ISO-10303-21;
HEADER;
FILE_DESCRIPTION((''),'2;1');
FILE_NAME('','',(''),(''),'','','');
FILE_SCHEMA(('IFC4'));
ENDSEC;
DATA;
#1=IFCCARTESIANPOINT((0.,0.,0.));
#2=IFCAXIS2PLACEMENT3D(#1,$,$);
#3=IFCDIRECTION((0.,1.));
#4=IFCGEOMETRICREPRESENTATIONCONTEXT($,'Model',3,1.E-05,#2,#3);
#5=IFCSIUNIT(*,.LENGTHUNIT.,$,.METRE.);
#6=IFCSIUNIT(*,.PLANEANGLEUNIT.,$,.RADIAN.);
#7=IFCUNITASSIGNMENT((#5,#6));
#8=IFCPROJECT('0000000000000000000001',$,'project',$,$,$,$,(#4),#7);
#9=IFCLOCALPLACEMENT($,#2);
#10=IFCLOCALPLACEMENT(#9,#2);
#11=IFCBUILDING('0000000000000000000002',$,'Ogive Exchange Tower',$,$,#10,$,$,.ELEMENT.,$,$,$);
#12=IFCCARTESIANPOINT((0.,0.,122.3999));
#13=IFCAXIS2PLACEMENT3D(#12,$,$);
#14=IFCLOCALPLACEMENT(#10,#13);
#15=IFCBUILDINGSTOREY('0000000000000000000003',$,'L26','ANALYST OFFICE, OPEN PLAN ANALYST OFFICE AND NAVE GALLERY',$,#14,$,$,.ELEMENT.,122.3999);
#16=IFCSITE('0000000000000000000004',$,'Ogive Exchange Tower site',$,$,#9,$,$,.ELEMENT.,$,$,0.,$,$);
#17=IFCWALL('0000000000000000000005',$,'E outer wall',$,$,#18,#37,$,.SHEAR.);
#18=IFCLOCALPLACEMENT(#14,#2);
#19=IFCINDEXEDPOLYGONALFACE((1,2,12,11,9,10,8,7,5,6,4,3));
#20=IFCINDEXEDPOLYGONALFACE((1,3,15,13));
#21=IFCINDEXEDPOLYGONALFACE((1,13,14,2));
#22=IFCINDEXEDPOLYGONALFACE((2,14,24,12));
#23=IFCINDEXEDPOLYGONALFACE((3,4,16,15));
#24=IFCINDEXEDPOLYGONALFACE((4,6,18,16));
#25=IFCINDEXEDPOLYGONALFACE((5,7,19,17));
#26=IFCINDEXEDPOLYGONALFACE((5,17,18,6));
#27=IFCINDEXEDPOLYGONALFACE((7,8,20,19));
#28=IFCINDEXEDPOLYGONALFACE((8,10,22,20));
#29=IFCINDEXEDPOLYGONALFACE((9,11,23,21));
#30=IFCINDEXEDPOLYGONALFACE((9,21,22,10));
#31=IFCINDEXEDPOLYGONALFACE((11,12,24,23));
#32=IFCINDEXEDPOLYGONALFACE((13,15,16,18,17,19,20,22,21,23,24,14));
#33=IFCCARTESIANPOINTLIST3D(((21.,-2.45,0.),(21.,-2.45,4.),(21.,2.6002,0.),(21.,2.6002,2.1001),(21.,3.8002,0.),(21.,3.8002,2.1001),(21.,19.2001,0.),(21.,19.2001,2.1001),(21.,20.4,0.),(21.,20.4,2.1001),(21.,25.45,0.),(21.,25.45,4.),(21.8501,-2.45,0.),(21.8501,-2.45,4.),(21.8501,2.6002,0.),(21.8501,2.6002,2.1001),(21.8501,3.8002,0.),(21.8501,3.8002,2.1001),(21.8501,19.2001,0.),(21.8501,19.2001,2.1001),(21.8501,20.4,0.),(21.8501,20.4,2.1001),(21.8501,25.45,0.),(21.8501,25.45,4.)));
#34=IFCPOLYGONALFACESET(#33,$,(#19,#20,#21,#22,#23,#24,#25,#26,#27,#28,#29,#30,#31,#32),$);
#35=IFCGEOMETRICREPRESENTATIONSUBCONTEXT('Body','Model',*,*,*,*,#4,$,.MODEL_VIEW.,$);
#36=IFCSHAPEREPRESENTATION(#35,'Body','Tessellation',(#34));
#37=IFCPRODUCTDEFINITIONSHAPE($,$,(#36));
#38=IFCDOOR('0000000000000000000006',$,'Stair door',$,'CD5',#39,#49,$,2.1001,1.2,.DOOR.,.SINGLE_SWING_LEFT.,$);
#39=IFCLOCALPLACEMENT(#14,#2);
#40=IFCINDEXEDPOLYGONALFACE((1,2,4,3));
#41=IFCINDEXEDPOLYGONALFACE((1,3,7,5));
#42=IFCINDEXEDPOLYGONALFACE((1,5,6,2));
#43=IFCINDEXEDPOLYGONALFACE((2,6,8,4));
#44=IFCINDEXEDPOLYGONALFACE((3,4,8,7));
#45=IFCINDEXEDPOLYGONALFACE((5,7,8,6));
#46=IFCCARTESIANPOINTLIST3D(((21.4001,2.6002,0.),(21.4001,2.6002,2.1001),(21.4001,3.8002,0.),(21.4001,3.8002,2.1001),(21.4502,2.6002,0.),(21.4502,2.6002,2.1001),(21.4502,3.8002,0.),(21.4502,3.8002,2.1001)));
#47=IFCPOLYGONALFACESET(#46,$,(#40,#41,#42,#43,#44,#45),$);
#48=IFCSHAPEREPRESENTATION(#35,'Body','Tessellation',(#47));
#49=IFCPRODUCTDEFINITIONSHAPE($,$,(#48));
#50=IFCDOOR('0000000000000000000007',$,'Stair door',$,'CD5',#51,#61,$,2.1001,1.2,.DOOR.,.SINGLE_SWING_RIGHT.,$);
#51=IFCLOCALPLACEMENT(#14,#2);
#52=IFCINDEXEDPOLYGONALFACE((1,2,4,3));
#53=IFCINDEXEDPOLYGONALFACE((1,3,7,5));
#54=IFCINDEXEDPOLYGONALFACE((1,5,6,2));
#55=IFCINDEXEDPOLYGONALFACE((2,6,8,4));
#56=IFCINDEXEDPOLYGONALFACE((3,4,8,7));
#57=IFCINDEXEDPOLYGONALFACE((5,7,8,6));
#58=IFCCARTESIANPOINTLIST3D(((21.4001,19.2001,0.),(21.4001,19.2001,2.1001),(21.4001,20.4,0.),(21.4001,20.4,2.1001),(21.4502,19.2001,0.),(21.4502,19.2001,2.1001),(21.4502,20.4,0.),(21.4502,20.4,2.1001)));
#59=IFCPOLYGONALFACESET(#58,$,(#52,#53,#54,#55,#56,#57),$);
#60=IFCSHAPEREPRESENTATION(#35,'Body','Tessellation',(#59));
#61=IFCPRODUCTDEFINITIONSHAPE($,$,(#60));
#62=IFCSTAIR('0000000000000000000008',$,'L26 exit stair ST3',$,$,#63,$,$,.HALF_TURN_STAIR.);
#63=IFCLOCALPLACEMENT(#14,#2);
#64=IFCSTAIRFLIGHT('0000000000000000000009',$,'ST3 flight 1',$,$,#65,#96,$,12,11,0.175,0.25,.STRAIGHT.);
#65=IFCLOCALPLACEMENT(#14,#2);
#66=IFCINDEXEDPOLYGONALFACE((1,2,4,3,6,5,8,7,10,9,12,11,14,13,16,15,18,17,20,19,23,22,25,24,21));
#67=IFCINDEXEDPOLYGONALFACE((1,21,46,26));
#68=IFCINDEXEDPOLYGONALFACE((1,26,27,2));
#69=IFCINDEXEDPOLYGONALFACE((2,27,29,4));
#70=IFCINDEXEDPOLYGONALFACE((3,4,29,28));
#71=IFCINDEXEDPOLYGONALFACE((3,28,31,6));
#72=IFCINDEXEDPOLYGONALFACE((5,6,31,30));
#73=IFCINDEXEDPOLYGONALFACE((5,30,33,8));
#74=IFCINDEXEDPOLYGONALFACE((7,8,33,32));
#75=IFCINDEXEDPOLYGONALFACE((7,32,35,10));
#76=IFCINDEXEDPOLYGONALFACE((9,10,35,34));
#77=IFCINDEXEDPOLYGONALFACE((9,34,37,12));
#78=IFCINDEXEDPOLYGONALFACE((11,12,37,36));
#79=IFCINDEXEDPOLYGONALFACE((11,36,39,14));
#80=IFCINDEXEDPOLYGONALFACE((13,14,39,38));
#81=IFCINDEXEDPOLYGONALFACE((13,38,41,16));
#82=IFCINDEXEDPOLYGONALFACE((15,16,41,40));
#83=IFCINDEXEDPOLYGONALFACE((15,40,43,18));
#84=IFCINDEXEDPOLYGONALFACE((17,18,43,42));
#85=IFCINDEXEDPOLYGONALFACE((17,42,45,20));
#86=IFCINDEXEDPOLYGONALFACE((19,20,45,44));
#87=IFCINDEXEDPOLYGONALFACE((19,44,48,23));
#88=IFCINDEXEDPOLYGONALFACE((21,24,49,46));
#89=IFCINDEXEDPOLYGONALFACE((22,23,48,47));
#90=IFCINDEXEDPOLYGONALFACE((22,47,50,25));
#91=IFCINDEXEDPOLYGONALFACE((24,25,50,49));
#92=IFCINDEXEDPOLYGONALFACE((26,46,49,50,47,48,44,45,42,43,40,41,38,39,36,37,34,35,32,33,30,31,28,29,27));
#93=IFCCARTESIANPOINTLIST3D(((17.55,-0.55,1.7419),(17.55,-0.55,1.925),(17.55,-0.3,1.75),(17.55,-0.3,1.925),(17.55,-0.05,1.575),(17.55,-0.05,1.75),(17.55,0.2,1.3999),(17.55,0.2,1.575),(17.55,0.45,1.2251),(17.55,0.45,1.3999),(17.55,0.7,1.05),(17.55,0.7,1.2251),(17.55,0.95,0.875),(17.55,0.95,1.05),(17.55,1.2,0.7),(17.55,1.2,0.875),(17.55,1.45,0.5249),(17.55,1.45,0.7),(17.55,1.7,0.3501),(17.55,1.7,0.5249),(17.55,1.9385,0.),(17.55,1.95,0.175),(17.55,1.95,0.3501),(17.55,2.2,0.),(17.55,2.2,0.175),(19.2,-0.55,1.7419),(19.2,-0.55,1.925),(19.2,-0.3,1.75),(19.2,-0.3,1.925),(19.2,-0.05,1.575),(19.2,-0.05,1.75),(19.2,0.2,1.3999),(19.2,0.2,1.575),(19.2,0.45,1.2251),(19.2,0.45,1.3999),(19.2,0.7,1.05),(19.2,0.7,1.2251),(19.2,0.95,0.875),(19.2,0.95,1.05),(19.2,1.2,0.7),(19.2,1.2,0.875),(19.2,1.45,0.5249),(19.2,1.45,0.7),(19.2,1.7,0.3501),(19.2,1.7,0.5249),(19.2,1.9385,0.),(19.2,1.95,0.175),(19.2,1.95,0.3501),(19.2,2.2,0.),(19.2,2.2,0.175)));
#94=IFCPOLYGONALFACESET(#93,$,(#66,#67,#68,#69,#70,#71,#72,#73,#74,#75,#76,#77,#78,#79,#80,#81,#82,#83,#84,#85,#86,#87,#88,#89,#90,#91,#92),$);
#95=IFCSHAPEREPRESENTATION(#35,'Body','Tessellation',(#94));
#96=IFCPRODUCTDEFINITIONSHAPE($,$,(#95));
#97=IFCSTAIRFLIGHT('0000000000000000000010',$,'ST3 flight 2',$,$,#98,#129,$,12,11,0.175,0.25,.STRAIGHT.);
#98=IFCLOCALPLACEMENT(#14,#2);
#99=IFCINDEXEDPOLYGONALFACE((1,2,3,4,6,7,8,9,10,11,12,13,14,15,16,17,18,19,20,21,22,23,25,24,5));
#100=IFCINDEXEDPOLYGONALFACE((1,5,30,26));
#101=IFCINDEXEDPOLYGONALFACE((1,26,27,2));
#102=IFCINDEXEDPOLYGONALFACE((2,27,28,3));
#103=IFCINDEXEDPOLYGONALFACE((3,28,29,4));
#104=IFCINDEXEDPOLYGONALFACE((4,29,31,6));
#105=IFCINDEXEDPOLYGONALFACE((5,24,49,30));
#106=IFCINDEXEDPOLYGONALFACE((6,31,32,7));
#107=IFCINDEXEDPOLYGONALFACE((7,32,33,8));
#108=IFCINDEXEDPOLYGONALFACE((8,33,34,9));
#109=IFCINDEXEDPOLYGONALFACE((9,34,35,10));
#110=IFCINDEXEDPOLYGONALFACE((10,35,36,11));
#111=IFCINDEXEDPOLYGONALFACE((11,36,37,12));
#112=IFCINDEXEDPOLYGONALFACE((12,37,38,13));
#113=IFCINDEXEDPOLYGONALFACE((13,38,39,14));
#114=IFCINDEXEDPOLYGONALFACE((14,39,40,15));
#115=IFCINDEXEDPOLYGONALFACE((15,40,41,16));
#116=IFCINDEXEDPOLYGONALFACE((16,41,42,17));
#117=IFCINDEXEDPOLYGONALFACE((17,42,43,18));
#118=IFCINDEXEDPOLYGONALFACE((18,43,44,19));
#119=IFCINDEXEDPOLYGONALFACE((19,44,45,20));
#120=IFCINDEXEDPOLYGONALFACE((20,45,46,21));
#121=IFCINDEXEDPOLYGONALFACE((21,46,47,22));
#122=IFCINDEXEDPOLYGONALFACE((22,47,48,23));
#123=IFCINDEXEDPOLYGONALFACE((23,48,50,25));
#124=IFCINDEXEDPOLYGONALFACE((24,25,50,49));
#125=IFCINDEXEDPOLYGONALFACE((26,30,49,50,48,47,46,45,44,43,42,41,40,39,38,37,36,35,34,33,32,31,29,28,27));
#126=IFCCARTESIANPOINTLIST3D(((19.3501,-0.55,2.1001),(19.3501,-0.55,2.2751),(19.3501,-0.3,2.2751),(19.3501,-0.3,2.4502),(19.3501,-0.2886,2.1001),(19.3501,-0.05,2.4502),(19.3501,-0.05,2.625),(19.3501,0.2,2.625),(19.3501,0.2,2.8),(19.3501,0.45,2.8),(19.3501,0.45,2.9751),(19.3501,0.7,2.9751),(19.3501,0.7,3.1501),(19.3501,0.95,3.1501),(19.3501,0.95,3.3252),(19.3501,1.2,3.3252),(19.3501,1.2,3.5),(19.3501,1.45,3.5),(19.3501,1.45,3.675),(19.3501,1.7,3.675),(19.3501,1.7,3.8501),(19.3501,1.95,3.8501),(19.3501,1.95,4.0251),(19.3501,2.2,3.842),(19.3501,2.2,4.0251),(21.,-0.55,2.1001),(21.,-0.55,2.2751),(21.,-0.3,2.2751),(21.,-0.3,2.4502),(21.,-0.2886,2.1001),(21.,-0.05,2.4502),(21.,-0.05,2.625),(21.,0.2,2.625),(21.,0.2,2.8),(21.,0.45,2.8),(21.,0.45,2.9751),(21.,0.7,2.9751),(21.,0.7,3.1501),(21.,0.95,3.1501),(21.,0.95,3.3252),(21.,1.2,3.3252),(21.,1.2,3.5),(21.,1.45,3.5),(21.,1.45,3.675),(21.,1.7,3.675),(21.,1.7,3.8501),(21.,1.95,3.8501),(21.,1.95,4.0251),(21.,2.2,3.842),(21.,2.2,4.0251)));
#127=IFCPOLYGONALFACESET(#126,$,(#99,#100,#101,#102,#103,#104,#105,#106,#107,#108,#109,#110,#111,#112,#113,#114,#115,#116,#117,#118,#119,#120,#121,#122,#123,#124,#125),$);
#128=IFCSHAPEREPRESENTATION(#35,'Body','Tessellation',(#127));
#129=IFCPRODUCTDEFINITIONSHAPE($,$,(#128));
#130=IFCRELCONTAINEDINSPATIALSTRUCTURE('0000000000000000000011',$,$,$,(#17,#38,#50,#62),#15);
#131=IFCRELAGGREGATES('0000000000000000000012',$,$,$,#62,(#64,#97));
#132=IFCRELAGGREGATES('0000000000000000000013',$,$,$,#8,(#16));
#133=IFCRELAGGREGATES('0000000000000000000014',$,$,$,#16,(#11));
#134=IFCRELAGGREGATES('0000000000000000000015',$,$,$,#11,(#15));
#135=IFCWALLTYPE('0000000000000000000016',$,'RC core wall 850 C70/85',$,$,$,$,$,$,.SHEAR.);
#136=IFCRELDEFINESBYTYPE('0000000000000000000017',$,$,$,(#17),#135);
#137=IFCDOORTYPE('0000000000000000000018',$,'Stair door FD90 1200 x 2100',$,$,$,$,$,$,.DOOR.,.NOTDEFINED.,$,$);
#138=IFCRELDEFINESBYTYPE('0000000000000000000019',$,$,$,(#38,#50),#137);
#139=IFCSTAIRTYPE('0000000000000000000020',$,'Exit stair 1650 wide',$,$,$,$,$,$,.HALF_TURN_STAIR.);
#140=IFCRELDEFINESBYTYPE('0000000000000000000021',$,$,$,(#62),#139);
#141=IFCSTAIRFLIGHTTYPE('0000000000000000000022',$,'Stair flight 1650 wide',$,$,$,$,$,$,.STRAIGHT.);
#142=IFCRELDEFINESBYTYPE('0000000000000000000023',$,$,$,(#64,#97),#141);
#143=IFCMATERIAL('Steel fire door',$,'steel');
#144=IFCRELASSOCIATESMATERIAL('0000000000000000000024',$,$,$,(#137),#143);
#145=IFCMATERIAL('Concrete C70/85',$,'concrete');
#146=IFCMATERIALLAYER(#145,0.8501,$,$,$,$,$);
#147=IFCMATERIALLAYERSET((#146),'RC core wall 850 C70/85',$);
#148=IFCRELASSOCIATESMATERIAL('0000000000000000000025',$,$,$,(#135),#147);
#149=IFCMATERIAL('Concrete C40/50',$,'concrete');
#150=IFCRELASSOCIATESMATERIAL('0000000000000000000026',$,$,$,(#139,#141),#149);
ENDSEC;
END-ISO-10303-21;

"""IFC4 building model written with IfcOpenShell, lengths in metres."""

from ifc_helpers import new_model, si_unit, direction, frame, frame_2d, origin, place, context, subcontext, project, spatial, polyline, rectangle, outline, extrude, material, layer, layer_set, type_object, element, fill, aggregate, save


model = new_model("IFC4")

# Units and contexts
model_context = context("Model", 3, precision=1e-05, world=origin(), true_north=direction((0.0, 1.0)))
body_context = subcontext(model_context, "Body", "Model", "MODEL_VIEW")
ifc_project = project(units=[si_unit("LENGTHUNIT", "METRE"), si_unit("PLANEANGLEUNIT", "RADIAN")], contexts=[model_context])

# Site, building, storey
site_placement = place(None, origin())
site = spatial("IfcSite", under=ifc_project, at=site_placement, Name="Ogive Exchange Tower site", CompositionType="ELEMENT", RefElevation=0.0)
building_placement = place(site_placement, origin())
building = spatial("IfcBuilding", under=site, at=building_placement, Name="Ogive Exchange Tower", CompositionType="ELEMENT")
storey_placement = place(building_placement, frame((0.0, 0.0, 122.3999)))
storey = spatial("IfcBuildingStorey", under=building, at=storey_placement, Name="L26", Description="ANALYST OFFICE, OPEN PLAN ANALYST OFFICE AND NAVE GALLERY", CompositionType="ELEMENT", Elevation=122.3999)

# Shared definitions
ifc_material_1 = material(Name="Concrete C70/85", Category="concrete")
ifc_material_2 = material(Name="Steel fire door", Category="steel")
door_type_1 = type_object("IfcDoorType", Name="Stair door FD90 1200 x 2100", OperationType="NOTDEFINED", PredefinedType="DOOR", material=ifc_material_2)

# Wall, openings, doors
ifc_layer_1 = layer(ifc_material_1, 0.8501)
ifc_layer_set_1 = layer_set([ifc_layer_1], Name="RC core wall 850 C70/85")
wall_type_1 = type_object("IfcWallType", Name="RC core wall 850 C70/85", PredefinedType="SHEAR", material=ifc_layer_set_1)
wall_1_placement = place(storey_placement, frame((21.425, -2.45, 0.0), z_axis=(0.0, 0.0, 1.0), x_axis=(0.0, 1.0, 0.0)))
wall_1 = element("IfcWall", 1, at=wall_1_placement, inside=storey, type_object=wall_type_1, Name="E outer wall", PredefinedType="SHEAR", context=body_context, shape_type="SweptSolid", body=[
    extrude(rectangle(XDim=27.8999, YDim=0.8501, at=frame_2d((13.95, 0.0))), origin(), (0.0, 0.0, 1.0), 4.0),
])
opening_1_placement = place(wall_1_placement, frame((5.05, 0.0, 0.0)))
opening_1 = element("IfcOpeningElement", 2, at=opening_1_placement, cuts=wall_1, PredefinedType="OPENING", context=body_context, shape_type="SweptSolid", body=[
    extrude(rectangle(XDim=1.2, YDim=2.1001, at=frame_2d((0.6001, 1.05))), frame((0.0, 0.4351, 0.0), z_axis=(0.0, -1.0, 0.0), x_axis=(1.0, 0.0, 0.0)), (0.0, 0.0, 1.0), 0.8701),
])
opening_2_placement = place(wall_1_placement, frame((21.6499, 0.0, 0.0)))
opening_2 = element("IfcOpeningElement", 3, at=opening_2_placement, cuts=wall_1, PredefinedType="OPENING", context=body_context, shape_type="SweptSolid", body=[
    extrude(rectangle(XDim=1.2, YDim=2.1001, at=frame_2d((0.6001, 1.05))), frame((0.0, 0.4351, 0.0), z_axis=(0.0, -1.0, 0.0), x_axis=(1.0, 0.0, 0.0)), (0.0, 0.0, 1.0), 0.8701),
])
door_1_placement = place(opening_1_placement, origin())
door_1 = element("IfcDoor", 4, at=door_1_placement, inside=storey, type_object=door_type_1, Name="Stair door", ObjectType="CD5", OperationType="SINGLE_SWING_LEFT", OverallHeight=2.1001, OverallWidth=1.2, PredefinedType="DOOR", context=body_context, shape_type="SweptSolid", body=[
    extrude(rectangle(XDim=1.2, YDim=2.1001, at=frame_2d((0.6001, 1.05))), frame((0.0, 0.0249, 0.0), z_axis=(0.0, -1.0, 0.0), x_axis=(1.0, 0.0, 0.0)), (0.0, 0.0, 1.0), 0.05),
])
fill(opening_1, door_1)
door_2_placement = place(opening_2_placement, origin())
door_2 = element("IfcDoor", 5, at=door_2_placement, inside=storey, type_object=door_type_1, Name="Stair door", ObjectType="CD5", OperationType="SINGLE_SWING_RIGHT", OverallHeight=2.1001, OverallWidth=1.2, PredefinedType="DOOR", context=body_context, shape_type="SweptSolid", body=[
    extrude(rectangle(XDim=1.2, YDim=2.1001, at=frame_2d((0.6001, 1.05))), frame((0.0, 0.0249, 0.0), z_axis=(0.0, -1.0, 0.0), x_axis=(1.0, 0.0, 0.0)), (0.0, 0.0, 1.0), 0.05),
])
fill(opening_2, door_2)

# Stair, stair flights
ifc_material_3 = material(Name="Concrete C40/50", Category="concrete")
stair_type = type_object("IfcStairType", Name="Exit stair 1650 wide", PredefinedType="HALF_TURN_STAIR", material=ifc_material_3)
stair_placement = place(storey_placement, origin())
stair = element("IfcStair", 6, at=stair_placement, inside=storey, type_object=stair_type, Name="L26 exit stair ST3", PredefinedType="HALF_TURN_STAIR")
stair_flight_type = type_object("IfcStairFlightType", Name="Stair flight 1650 wide", PredefinedType="STRAIGHT", material=ifc_material_3)
stair_flight_1_placement = place(storey_placement, frame((18.375, 2.2, 0.0), z_axis=(0.0, 0.0, 1.0), x_axis=(0.0, -1.0, 0.0)))
stair_flight_1 = element("IfcStairFlight", 7, at=stair_flight_1_placement, type_object=stair_flight_type, Name="ST3 flight 1", NumberOfRisers=12, NumberOfTreads=11, PredefinedType="STRAIGHT", RiserHeight=0.175, TreadLength=0.25, context=body_context, shape_type="SweptSolid", body=[
    extrude(outline(polyline([(0.0, 0.0), (0.0, 0.175), (0.25, 0.175), (0.25, 0.3501), (0.5, 0.3501), (0.5, 0.5249), (0.75, 0.5249), (0.75, 0.7), (1.0, 0.7), (1.0, 0.875), (1.25, 0.875), (1.25, 1.05), (1.5, 1.05), (1.5, 1.2251), (1.75, 1.2251), (1.75, 1.3999), (2.0, 1.3999), (2.0, 1.575), (2.25, 1.575), (2.25, 1.75), (2.5, 1.75), (2.5, 1.925), (2.75, 1.925), (2.75, 2.1001), (2.75, 1.7419), (0.2615, 0.0), (0.0, 0.0)])), frame((0.0, 0.825, 0.0), z_axis=(0.0, -1.0, 0.0), x_axis=(1.0, 0.0, 0.0)), (0.0, 0.0, 1.0), 1.6499),
])
stair_flight_2_placement = place(storey_placement, frame((20.175, -0.55, 2.1001), z_axis=(0.0, 0.0, 1.0), x_axis=(0.0, 1.0, 0.0)))
stair_flight_2 = element("IfcStairFlight", 8, at=stair_flight_2_placement, type_object=stair_flight_type, Name="ST3 flight 2", NumberOfRisers=12, NumberOfTreads=11, PredefinedType="STRAIGHT", RiserHeight=0.175, TreadLength=0.25, context=body_context, shape_type="SweptSolid", body=[
    extrude(outline(polyline([(0.0, 0.0), (0.0, 0.175), (0.25, 0.175), (0.25, 0.3501), (0.5, 0.3501), (0.5, 0.5249), (0.75, 0.5249), (0.75, 0.7), (1.0, 0.7), (1.0, 0.875), (1.25, 0.875), (1.25, 1.05), (1.5, 1.05), (1.5, 1.2251), (1.75, 1.2251), (1.75, 1.3999), (2.0, 1.3999), (2.0, 1.575), (2.25, 1.575), (2.25, 1.75), (2.5, 1.75), (2.5, 1.925), (2.75, 1.925), (2.75, 2.1001), (2.75, 1.7419), (0.2615, 0.0), (0.0, 0.0)])), frame((0.0, 0.825, 0.0), z_axis=(0.0, -1.0, 0.0), x_axis=(1.0, 0.0, 0.0)), (0.0, 0.0, 1.0), 1.6499),
])
aggregate(stair, [stair_flight_1, stair_flight_2])

save(model, "model.ifc")
